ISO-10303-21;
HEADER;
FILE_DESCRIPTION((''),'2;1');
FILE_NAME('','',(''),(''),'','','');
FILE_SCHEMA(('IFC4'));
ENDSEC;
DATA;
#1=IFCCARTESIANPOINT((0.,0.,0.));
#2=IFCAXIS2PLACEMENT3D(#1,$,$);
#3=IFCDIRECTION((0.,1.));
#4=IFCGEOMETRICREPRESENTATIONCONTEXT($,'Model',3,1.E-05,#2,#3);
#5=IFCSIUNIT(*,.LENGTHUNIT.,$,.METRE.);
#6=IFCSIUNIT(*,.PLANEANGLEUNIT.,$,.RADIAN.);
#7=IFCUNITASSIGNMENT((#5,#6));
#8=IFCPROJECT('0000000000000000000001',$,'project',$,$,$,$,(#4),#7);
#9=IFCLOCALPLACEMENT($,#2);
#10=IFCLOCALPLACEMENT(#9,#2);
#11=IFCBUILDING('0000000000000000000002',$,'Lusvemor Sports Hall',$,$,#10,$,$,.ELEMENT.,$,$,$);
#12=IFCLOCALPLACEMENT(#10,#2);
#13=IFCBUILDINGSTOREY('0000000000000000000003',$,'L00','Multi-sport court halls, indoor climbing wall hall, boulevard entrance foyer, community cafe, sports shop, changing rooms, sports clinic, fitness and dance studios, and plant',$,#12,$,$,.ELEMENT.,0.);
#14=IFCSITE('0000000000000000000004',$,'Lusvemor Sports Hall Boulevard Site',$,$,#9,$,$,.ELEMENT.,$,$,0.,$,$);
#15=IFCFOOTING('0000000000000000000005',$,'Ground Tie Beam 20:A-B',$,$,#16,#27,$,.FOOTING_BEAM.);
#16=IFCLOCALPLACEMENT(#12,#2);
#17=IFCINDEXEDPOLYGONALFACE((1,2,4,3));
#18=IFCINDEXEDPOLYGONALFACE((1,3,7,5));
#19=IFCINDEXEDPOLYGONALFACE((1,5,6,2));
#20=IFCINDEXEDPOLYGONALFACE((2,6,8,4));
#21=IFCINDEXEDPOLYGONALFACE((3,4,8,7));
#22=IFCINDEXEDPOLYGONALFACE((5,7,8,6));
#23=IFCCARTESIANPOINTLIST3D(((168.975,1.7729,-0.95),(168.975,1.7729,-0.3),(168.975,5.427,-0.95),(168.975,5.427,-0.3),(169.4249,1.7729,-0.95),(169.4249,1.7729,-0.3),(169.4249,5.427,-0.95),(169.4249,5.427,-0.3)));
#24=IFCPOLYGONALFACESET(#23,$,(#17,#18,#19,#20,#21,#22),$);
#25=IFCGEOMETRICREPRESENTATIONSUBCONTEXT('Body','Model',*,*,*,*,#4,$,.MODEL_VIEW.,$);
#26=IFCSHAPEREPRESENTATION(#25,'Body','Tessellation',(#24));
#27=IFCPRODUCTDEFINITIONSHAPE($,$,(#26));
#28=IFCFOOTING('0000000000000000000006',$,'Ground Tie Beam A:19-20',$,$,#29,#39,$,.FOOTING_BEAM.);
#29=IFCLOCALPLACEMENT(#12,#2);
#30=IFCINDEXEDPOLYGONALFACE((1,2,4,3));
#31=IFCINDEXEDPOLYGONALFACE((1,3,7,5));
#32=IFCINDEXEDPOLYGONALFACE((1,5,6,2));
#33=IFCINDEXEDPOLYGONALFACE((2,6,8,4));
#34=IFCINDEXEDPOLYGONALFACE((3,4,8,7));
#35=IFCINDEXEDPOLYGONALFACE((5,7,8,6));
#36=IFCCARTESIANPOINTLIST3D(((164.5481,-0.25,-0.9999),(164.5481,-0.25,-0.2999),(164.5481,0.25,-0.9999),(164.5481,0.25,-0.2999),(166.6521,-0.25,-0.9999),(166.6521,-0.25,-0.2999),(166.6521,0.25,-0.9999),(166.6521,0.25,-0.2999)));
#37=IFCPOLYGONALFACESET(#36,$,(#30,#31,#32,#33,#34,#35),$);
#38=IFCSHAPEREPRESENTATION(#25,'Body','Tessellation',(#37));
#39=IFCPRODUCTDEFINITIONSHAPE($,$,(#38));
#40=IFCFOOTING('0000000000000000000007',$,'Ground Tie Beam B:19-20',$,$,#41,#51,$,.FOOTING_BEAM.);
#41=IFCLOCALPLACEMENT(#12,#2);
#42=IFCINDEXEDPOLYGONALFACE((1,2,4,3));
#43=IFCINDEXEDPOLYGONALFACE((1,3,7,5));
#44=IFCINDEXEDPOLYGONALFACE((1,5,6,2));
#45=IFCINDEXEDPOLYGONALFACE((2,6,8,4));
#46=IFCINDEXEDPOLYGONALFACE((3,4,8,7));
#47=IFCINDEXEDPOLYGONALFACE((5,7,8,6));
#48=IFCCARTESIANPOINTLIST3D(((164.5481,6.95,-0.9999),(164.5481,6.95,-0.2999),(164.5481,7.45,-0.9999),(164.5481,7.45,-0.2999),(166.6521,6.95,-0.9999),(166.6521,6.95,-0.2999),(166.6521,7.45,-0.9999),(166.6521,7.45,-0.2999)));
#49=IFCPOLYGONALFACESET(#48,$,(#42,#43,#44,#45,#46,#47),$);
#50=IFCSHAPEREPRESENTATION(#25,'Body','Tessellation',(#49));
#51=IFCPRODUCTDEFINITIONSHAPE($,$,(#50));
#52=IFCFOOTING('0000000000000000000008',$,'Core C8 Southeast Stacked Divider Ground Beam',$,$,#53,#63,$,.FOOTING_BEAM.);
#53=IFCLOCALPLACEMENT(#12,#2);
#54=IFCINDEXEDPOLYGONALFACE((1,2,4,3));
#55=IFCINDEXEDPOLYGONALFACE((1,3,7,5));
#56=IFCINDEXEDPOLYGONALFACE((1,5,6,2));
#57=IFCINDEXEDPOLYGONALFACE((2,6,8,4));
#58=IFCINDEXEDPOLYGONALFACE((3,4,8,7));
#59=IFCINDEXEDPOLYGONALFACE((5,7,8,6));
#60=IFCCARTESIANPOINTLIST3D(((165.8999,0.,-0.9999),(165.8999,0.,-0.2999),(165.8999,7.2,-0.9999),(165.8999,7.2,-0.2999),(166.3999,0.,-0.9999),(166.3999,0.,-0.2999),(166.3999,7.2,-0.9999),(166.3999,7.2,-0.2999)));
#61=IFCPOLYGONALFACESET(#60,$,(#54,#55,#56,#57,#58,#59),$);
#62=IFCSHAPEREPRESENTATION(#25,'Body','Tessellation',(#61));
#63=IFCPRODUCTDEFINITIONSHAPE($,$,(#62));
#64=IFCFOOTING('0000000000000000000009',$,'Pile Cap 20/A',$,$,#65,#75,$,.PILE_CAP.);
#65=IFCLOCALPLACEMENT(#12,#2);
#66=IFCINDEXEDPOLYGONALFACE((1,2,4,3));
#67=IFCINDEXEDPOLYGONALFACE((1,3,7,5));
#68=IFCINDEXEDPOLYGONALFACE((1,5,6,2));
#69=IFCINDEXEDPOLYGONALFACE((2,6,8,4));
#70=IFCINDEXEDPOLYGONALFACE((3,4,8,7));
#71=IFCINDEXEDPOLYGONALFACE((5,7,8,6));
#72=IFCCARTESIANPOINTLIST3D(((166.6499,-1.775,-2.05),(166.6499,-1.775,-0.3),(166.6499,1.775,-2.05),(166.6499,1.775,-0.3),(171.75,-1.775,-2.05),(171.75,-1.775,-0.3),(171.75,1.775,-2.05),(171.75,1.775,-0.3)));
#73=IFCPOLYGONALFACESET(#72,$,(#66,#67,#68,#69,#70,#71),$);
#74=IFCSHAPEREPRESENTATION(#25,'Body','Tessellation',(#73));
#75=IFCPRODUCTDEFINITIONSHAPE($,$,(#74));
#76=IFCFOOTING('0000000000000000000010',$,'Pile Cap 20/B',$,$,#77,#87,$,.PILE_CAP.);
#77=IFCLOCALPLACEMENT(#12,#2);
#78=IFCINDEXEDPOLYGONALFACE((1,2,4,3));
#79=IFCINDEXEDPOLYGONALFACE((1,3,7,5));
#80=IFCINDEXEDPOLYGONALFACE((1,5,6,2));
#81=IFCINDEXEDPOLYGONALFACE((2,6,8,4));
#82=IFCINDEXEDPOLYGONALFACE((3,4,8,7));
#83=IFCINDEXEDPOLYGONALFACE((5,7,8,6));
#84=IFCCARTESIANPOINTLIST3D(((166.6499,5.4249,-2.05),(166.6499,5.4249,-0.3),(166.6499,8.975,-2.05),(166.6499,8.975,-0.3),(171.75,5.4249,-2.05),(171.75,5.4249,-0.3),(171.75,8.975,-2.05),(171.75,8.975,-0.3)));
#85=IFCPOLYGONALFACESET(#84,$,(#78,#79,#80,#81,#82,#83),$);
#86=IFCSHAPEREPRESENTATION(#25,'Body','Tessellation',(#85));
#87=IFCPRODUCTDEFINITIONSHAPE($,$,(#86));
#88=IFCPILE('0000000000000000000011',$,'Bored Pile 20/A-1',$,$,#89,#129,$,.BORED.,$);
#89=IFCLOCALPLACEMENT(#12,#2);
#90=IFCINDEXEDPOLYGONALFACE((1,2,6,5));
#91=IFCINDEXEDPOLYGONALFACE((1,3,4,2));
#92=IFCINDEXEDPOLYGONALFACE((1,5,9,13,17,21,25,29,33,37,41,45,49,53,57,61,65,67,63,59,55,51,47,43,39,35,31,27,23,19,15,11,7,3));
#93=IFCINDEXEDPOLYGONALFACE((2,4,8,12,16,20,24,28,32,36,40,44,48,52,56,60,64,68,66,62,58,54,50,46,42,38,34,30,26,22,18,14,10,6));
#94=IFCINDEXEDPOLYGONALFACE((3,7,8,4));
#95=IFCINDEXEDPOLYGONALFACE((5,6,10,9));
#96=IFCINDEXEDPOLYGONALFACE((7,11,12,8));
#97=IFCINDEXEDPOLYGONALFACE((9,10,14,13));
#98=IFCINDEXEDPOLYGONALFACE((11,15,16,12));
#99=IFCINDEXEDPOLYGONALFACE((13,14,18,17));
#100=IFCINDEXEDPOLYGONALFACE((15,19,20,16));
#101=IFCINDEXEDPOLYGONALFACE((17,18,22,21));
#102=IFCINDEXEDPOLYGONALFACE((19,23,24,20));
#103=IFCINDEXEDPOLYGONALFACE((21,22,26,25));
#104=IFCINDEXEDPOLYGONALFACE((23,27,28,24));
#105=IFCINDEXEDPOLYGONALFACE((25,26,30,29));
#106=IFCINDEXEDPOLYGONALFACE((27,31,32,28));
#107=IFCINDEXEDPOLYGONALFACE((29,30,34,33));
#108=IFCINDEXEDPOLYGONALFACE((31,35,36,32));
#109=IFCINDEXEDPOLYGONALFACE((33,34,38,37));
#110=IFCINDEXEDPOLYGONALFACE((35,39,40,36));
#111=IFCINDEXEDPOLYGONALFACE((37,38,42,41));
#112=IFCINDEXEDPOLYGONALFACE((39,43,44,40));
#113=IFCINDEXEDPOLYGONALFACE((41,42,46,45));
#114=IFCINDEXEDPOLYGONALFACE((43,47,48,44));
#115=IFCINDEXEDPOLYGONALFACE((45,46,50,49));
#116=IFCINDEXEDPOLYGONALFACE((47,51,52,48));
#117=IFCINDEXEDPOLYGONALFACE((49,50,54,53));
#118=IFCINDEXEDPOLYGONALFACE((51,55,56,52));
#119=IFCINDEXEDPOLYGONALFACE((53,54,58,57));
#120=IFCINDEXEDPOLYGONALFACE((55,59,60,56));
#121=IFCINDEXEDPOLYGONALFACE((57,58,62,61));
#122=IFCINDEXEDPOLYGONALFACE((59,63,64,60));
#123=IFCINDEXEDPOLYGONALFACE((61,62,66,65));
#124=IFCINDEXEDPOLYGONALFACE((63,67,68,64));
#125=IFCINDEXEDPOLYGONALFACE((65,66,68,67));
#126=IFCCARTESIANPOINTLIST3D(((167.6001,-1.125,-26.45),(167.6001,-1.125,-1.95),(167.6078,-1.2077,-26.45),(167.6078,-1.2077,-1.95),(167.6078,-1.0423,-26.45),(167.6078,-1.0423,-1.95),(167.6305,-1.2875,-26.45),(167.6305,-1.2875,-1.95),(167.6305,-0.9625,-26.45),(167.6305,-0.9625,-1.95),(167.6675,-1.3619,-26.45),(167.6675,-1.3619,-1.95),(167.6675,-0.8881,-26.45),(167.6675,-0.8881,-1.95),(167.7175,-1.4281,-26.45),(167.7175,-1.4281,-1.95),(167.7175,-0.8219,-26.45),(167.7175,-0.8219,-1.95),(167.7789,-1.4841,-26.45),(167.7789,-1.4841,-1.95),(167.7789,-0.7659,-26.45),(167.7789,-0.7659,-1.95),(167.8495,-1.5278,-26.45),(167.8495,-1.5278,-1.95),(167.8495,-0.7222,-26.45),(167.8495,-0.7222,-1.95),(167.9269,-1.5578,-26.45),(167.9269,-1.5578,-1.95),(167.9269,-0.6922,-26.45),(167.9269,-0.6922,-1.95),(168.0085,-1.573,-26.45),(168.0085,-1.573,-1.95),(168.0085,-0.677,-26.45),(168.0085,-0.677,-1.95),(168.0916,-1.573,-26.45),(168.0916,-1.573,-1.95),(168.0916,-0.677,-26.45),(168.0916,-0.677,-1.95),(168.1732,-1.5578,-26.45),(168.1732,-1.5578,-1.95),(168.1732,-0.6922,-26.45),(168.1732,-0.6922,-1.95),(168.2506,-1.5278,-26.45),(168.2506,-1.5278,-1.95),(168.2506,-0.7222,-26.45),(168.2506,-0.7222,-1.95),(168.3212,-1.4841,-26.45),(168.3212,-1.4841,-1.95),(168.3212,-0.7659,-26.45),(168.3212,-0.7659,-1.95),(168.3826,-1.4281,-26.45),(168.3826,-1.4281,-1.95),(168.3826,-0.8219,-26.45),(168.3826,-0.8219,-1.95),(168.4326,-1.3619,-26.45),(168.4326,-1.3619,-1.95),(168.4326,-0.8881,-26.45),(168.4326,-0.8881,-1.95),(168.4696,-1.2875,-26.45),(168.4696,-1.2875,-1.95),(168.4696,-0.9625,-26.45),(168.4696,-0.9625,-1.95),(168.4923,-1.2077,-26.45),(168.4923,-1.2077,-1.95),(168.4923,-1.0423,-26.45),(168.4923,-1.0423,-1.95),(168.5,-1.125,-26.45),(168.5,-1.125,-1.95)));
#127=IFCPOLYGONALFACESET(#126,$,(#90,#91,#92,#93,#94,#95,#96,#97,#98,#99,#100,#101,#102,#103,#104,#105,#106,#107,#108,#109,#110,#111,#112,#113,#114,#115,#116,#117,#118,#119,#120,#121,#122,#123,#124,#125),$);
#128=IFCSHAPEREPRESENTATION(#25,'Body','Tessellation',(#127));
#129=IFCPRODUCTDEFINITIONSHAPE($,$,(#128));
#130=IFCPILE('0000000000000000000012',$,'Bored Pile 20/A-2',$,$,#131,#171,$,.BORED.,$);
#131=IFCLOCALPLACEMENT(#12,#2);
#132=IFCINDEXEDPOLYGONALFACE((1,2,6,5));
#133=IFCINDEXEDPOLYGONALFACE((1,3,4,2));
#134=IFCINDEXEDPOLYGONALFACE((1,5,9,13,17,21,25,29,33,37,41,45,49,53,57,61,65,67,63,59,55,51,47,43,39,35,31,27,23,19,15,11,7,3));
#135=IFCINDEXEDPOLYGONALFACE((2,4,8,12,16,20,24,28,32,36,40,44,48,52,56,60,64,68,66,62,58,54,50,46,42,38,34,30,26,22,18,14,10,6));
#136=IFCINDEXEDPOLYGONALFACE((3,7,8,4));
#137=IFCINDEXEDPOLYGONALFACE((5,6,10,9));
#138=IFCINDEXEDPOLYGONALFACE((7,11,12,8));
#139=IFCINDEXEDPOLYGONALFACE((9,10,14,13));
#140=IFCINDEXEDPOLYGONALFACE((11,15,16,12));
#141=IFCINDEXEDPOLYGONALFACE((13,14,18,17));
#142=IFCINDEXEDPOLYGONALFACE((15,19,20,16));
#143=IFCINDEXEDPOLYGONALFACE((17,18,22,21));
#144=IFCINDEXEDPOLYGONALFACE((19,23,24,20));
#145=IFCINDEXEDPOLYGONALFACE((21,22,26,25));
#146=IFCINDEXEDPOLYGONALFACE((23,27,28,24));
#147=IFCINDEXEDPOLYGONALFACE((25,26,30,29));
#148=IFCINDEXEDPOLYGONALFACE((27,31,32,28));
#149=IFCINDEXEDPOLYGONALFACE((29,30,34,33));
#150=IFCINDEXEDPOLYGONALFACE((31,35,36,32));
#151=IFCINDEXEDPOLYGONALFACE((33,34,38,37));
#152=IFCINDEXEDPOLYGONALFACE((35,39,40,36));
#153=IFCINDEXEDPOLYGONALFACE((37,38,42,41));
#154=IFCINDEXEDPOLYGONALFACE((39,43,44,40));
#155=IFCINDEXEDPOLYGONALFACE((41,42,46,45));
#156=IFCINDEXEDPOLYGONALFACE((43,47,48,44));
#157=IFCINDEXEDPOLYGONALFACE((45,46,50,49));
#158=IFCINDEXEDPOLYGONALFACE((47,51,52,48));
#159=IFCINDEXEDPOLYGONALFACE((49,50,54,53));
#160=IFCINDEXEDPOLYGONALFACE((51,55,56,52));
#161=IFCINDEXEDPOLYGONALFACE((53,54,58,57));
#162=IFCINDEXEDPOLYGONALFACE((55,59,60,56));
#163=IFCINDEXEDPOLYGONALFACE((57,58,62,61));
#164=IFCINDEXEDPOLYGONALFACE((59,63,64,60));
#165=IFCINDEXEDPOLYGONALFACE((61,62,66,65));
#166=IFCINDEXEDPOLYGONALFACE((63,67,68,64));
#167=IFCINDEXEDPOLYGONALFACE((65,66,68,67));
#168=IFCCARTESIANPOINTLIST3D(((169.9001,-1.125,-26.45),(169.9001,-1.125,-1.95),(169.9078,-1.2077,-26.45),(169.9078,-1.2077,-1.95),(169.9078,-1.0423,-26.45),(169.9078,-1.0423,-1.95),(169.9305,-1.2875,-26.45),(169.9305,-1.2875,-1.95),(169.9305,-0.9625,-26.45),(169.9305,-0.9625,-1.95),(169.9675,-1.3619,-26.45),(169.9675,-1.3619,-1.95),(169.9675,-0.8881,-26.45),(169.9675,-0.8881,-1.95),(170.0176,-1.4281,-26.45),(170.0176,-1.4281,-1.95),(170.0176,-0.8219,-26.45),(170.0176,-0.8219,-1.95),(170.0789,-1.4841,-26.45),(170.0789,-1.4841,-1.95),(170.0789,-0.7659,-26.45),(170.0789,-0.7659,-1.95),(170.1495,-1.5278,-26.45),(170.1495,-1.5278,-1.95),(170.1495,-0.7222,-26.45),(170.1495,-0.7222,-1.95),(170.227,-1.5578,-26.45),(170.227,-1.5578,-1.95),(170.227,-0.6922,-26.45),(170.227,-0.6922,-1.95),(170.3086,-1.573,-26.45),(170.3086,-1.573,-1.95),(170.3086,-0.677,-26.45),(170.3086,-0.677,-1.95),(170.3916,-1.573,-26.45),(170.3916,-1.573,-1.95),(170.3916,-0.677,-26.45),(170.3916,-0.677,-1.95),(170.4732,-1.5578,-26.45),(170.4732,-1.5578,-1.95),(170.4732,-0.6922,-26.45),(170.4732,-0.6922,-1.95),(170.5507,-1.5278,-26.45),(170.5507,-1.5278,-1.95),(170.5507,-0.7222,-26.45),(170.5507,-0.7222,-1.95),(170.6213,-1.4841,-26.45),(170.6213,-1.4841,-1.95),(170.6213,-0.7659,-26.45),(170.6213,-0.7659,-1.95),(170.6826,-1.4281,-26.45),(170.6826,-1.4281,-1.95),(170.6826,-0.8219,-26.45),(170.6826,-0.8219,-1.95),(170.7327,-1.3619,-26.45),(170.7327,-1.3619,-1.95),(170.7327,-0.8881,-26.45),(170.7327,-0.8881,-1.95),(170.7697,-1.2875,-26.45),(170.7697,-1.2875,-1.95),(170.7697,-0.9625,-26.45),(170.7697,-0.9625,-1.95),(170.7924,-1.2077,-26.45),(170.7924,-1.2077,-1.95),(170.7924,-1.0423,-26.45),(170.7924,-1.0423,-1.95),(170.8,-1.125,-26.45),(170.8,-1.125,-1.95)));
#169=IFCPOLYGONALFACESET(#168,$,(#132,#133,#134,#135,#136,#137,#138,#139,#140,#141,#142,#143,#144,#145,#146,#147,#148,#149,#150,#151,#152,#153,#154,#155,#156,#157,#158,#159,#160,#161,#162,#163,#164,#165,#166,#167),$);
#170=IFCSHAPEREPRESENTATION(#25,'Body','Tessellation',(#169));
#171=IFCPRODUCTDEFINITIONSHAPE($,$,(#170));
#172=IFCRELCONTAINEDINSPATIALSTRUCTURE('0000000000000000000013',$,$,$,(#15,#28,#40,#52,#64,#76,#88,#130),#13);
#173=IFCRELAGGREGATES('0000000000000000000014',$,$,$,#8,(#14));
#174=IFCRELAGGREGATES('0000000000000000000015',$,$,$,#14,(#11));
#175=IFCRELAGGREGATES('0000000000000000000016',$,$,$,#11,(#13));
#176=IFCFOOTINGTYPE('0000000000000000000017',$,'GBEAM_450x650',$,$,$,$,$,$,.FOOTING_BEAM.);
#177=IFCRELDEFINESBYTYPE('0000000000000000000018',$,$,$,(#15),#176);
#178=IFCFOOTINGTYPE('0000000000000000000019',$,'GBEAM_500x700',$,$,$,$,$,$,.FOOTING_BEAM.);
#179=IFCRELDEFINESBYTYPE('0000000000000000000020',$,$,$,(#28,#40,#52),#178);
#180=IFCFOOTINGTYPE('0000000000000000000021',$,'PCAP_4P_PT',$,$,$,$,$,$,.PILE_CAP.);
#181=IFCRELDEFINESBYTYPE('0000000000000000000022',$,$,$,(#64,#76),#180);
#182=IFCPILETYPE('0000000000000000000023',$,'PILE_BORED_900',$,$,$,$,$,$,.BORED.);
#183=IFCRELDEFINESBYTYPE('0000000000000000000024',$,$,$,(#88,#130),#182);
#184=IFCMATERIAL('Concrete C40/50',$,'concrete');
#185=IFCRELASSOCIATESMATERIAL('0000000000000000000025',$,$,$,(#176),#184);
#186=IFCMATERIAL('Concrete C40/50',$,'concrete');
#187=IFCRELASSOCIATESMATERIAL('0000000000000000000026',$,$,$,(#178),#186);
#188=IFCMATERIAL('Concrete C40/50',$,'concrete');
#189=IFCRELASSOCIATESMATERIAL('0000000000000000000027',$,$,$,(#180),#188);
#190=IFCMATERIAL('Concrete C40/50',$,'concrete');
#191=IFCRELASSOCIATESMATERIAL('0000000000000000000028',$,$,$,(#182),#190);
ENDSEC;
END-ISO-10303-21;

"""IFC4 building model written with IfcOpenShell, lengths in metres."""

from ifc_helpers import new_model, si_unit, direction, frame, origin, origin_2d, place, context, subcontext, project, spatial, rectangle, circle, extrude, material, material_profile, profile_set, type_object, element, save


model = new_model("IFC4")

# Units and contexts
model_context = context("Model", 3, precision=1e-05, world=origin(), true_north=direction((0.0, 1.0)))
body_context = subcontext(model_context, "Body", "Model", "MODEL_VIEW")
ifc_project = project(units=[si_unit("LENGTHUNIT", "METRE"), si_unit("PLANEANGLEUNIT", "RADIAN")], contexts=[model_context])

# Site, building, storey
site_placement = place(None, origin())
site = spatial("IfcSite", under=ifc_project, at=site_placement, Name="Lusvemor Sports Hall Boulevard Site", CompositionType="ELEMENT", RefElevation=0.0)
building_placement = place(site_placement, origin())
building = spatial("IfcBuilding", under=site, at=building_placement, Name="Lusvemor Sports Hall", CompositionType="ELEMENT")
storey_placement = place(building_placement, origin())
storey = spatial("IfcBuildingStorey", under=building, at=storey_placement, Name="L00", Description="Multi-sport court halls, indoor climbing wall hall, boulevard entrance foyer, community cafe, sports shop, changing rooms, sports clinic, fitness and dance studios, and plant", CompositionType="ELEMENT", Elevation=0.0)

# Footings
ifc_material_1 = material(Name="Concrete C40/50", Category="concrete")
ifc_material_profile_1 = material_profile(ifc_material_1, rectangle(XDim=0.45, YDim=0.6499, at=origin_2d()), Name="GB_450x650")
ifc_profile_set_1 = profile_set([ifc_material_profile_1], Name="Concrete C40/50")
footing_type_1 = type_object("IfcFootingType", Name="GBEAM_450x650", PredefinedType="FOOTING_BEAM", material=ifc_profile_set_1)
footing_1_placement = place(storey_placement, frame((169.2, 1.7729, -0.625), z_axis=(0.0, 1.0, 0.0), x_axis=(-1.0, 0.0, 0.0)))
element("IfcFooting", 1, at=footing_1_placement, inside=storey, type_object=footing_type_1, Name="Ground Tie Beam 20:A-B", PredefinedType="FOOTING_BEAM", context=body_context, shape_type="SweptSolid", body=[
    extrude(rectangle(XDim=0.45, YDim=0.6499, at=origin_2d()), origin(), (0.0, 0.0, 1.0), 3.6541),
])
ifc_material_2 = material(Name="Concrete C40/50", Category="concrete")
ifc_material_profile_2 = material_profile(ifc_material_2, rectangle(XDim=0.5, YDim=0.7, at=origin_2d()), Name="GB_500x700")
ifc_profile_set_2 = profile_set([ifc_material_profile_2], Name="Concrete C40/50")
footing_type_2 = type_object("IfcFootingType", Name="GBEAM_500x700", PredefinedType="FOOTING_BEAM", material=ifc_profile_set_2)
for number, where, z_axis, x_axis, name in (
    (2, (164.5481, 0.0, -0.6499), (1.0, 0.0, 0.0), (0.0, 1.0, 0.0), "Ground Tie Beam A:19-20"),
    (3, (164.5481, 7.2, -0.6499), (1.0, 0.0, 0.0), (0.0, 1.0, 0.0), "Ground Tie Beam B:19-20"),
):
    element("IfcFooting", number, at=place(storey_placement, frame(where, z_axis=z_axis, x_axis=x_axis)), inside=storey, type_object=footing_type_2, Name=name, PredefinedType="FOOTING_BEAM", context=body_context, shape_type="SweptSolid", body=[
        extrude(rectangle(XDim=0.5, YDim=0.7, at=origin_2d()), origin(), (0.0, 0.0, 1.0), 2.104),
    ])
footing_2_placement = place(storey_placement, frame((166.1499, 0.0, -0.6499), z_axis=(0.0, 1.0, 0.0), x_axis=(-1.0, 0.0, 0.0)))
element("IfcFooting", 4, at=footing_2_placement, inside=storey, type_object=footing_type_2, Name="Core C8 Southeast Stacked Divider Ground Beam", PredefinedType="FOOTING_BEAM", context=body_context, shape_type="SweptSolid", body=[
    extrude(rectangle(XDim=0.5, YDim=0.7, at=origin_2d()), origin(), (0.0, 0.0, 1.0), 7.2),
])
ifc_material_3 = material(Name="Concrete C40/50", Category="concrete")
footing_type_3 = type_object("IfcFootingType", Name="PCAP_4P_PT", PredefinedType="PILE_CAP", material=ifc_material_3)
for number, where, z_axis, x_axis, name in (
    (5, (169.2, 0.0, -2.05), (0.0, 0.0, 1.0), (1.0, 0.0, 0.0), "Pile Cap 20/A"),
    (6, (169.2, 7.2, -2.05), (0.0, 0.0, 1.0), (1.0, 0.0, 0.0), "Pile Cap 20/B"),
):
    element("IfcFooting", number, at=place(storey_placement, frame(where, z_axis=z_axis, x_axis=x_axis)), inside=storey, type_object=footing_type_3, Name=name, PredefinedType="PILE_CAP", context=body_context, shape_type="SweptSolid", body=[
        extrude(rectangle(XDim=5.1001, YDim=3.55, at=origin_2d()), origin(), (0.0, 0.0, 1.0), 1.75),
    ])

# Piles
ifc_material_4 = material(Name="Concrete C40/50", Category="concrete")
ifc_material_profile_3 = material_profile(ifc_material_4, circle(Radius=0.45, at=origin_2d()), Name="PILE900")
ifc_profile_set_3 = profile_set([ifc_material_profile_3], Name="Concrete C40/50")
pile_type = type_object("IfcPileType", Name="PILE_BORED_900", PredefinedType="BORED", material=ifc_profile_set_3)
for number, where, z_axis, x_axis, name in (
    (7, (168.05, -1.125, -1.95), (0.0, 0.0, -1.0), (1.0, 0.0, 0.0), "Bored Pile 20/A-1"),
    (8, (170.3501, -1.125, -1.95), (0.0, 0.0, -1.0), (1.0, 0.0, 0.0), "Bored Pile 20/A-2"),
):
    element("IfcPile", number, at=place(storey_placement, frame(where, z_axis=z_axis, x_axis=x_axis)), inside=storey, type_object=pile_type, Name=name, PredefinedType="BORED", context=body_context, shape_type="SweptSolid", body=[
        extrude(circle(Radius=0.45, at=origin_2d()), origin(), (0.0, 0.0, 1.0), 24.5),
    ])

save(model, "model.ifc")
